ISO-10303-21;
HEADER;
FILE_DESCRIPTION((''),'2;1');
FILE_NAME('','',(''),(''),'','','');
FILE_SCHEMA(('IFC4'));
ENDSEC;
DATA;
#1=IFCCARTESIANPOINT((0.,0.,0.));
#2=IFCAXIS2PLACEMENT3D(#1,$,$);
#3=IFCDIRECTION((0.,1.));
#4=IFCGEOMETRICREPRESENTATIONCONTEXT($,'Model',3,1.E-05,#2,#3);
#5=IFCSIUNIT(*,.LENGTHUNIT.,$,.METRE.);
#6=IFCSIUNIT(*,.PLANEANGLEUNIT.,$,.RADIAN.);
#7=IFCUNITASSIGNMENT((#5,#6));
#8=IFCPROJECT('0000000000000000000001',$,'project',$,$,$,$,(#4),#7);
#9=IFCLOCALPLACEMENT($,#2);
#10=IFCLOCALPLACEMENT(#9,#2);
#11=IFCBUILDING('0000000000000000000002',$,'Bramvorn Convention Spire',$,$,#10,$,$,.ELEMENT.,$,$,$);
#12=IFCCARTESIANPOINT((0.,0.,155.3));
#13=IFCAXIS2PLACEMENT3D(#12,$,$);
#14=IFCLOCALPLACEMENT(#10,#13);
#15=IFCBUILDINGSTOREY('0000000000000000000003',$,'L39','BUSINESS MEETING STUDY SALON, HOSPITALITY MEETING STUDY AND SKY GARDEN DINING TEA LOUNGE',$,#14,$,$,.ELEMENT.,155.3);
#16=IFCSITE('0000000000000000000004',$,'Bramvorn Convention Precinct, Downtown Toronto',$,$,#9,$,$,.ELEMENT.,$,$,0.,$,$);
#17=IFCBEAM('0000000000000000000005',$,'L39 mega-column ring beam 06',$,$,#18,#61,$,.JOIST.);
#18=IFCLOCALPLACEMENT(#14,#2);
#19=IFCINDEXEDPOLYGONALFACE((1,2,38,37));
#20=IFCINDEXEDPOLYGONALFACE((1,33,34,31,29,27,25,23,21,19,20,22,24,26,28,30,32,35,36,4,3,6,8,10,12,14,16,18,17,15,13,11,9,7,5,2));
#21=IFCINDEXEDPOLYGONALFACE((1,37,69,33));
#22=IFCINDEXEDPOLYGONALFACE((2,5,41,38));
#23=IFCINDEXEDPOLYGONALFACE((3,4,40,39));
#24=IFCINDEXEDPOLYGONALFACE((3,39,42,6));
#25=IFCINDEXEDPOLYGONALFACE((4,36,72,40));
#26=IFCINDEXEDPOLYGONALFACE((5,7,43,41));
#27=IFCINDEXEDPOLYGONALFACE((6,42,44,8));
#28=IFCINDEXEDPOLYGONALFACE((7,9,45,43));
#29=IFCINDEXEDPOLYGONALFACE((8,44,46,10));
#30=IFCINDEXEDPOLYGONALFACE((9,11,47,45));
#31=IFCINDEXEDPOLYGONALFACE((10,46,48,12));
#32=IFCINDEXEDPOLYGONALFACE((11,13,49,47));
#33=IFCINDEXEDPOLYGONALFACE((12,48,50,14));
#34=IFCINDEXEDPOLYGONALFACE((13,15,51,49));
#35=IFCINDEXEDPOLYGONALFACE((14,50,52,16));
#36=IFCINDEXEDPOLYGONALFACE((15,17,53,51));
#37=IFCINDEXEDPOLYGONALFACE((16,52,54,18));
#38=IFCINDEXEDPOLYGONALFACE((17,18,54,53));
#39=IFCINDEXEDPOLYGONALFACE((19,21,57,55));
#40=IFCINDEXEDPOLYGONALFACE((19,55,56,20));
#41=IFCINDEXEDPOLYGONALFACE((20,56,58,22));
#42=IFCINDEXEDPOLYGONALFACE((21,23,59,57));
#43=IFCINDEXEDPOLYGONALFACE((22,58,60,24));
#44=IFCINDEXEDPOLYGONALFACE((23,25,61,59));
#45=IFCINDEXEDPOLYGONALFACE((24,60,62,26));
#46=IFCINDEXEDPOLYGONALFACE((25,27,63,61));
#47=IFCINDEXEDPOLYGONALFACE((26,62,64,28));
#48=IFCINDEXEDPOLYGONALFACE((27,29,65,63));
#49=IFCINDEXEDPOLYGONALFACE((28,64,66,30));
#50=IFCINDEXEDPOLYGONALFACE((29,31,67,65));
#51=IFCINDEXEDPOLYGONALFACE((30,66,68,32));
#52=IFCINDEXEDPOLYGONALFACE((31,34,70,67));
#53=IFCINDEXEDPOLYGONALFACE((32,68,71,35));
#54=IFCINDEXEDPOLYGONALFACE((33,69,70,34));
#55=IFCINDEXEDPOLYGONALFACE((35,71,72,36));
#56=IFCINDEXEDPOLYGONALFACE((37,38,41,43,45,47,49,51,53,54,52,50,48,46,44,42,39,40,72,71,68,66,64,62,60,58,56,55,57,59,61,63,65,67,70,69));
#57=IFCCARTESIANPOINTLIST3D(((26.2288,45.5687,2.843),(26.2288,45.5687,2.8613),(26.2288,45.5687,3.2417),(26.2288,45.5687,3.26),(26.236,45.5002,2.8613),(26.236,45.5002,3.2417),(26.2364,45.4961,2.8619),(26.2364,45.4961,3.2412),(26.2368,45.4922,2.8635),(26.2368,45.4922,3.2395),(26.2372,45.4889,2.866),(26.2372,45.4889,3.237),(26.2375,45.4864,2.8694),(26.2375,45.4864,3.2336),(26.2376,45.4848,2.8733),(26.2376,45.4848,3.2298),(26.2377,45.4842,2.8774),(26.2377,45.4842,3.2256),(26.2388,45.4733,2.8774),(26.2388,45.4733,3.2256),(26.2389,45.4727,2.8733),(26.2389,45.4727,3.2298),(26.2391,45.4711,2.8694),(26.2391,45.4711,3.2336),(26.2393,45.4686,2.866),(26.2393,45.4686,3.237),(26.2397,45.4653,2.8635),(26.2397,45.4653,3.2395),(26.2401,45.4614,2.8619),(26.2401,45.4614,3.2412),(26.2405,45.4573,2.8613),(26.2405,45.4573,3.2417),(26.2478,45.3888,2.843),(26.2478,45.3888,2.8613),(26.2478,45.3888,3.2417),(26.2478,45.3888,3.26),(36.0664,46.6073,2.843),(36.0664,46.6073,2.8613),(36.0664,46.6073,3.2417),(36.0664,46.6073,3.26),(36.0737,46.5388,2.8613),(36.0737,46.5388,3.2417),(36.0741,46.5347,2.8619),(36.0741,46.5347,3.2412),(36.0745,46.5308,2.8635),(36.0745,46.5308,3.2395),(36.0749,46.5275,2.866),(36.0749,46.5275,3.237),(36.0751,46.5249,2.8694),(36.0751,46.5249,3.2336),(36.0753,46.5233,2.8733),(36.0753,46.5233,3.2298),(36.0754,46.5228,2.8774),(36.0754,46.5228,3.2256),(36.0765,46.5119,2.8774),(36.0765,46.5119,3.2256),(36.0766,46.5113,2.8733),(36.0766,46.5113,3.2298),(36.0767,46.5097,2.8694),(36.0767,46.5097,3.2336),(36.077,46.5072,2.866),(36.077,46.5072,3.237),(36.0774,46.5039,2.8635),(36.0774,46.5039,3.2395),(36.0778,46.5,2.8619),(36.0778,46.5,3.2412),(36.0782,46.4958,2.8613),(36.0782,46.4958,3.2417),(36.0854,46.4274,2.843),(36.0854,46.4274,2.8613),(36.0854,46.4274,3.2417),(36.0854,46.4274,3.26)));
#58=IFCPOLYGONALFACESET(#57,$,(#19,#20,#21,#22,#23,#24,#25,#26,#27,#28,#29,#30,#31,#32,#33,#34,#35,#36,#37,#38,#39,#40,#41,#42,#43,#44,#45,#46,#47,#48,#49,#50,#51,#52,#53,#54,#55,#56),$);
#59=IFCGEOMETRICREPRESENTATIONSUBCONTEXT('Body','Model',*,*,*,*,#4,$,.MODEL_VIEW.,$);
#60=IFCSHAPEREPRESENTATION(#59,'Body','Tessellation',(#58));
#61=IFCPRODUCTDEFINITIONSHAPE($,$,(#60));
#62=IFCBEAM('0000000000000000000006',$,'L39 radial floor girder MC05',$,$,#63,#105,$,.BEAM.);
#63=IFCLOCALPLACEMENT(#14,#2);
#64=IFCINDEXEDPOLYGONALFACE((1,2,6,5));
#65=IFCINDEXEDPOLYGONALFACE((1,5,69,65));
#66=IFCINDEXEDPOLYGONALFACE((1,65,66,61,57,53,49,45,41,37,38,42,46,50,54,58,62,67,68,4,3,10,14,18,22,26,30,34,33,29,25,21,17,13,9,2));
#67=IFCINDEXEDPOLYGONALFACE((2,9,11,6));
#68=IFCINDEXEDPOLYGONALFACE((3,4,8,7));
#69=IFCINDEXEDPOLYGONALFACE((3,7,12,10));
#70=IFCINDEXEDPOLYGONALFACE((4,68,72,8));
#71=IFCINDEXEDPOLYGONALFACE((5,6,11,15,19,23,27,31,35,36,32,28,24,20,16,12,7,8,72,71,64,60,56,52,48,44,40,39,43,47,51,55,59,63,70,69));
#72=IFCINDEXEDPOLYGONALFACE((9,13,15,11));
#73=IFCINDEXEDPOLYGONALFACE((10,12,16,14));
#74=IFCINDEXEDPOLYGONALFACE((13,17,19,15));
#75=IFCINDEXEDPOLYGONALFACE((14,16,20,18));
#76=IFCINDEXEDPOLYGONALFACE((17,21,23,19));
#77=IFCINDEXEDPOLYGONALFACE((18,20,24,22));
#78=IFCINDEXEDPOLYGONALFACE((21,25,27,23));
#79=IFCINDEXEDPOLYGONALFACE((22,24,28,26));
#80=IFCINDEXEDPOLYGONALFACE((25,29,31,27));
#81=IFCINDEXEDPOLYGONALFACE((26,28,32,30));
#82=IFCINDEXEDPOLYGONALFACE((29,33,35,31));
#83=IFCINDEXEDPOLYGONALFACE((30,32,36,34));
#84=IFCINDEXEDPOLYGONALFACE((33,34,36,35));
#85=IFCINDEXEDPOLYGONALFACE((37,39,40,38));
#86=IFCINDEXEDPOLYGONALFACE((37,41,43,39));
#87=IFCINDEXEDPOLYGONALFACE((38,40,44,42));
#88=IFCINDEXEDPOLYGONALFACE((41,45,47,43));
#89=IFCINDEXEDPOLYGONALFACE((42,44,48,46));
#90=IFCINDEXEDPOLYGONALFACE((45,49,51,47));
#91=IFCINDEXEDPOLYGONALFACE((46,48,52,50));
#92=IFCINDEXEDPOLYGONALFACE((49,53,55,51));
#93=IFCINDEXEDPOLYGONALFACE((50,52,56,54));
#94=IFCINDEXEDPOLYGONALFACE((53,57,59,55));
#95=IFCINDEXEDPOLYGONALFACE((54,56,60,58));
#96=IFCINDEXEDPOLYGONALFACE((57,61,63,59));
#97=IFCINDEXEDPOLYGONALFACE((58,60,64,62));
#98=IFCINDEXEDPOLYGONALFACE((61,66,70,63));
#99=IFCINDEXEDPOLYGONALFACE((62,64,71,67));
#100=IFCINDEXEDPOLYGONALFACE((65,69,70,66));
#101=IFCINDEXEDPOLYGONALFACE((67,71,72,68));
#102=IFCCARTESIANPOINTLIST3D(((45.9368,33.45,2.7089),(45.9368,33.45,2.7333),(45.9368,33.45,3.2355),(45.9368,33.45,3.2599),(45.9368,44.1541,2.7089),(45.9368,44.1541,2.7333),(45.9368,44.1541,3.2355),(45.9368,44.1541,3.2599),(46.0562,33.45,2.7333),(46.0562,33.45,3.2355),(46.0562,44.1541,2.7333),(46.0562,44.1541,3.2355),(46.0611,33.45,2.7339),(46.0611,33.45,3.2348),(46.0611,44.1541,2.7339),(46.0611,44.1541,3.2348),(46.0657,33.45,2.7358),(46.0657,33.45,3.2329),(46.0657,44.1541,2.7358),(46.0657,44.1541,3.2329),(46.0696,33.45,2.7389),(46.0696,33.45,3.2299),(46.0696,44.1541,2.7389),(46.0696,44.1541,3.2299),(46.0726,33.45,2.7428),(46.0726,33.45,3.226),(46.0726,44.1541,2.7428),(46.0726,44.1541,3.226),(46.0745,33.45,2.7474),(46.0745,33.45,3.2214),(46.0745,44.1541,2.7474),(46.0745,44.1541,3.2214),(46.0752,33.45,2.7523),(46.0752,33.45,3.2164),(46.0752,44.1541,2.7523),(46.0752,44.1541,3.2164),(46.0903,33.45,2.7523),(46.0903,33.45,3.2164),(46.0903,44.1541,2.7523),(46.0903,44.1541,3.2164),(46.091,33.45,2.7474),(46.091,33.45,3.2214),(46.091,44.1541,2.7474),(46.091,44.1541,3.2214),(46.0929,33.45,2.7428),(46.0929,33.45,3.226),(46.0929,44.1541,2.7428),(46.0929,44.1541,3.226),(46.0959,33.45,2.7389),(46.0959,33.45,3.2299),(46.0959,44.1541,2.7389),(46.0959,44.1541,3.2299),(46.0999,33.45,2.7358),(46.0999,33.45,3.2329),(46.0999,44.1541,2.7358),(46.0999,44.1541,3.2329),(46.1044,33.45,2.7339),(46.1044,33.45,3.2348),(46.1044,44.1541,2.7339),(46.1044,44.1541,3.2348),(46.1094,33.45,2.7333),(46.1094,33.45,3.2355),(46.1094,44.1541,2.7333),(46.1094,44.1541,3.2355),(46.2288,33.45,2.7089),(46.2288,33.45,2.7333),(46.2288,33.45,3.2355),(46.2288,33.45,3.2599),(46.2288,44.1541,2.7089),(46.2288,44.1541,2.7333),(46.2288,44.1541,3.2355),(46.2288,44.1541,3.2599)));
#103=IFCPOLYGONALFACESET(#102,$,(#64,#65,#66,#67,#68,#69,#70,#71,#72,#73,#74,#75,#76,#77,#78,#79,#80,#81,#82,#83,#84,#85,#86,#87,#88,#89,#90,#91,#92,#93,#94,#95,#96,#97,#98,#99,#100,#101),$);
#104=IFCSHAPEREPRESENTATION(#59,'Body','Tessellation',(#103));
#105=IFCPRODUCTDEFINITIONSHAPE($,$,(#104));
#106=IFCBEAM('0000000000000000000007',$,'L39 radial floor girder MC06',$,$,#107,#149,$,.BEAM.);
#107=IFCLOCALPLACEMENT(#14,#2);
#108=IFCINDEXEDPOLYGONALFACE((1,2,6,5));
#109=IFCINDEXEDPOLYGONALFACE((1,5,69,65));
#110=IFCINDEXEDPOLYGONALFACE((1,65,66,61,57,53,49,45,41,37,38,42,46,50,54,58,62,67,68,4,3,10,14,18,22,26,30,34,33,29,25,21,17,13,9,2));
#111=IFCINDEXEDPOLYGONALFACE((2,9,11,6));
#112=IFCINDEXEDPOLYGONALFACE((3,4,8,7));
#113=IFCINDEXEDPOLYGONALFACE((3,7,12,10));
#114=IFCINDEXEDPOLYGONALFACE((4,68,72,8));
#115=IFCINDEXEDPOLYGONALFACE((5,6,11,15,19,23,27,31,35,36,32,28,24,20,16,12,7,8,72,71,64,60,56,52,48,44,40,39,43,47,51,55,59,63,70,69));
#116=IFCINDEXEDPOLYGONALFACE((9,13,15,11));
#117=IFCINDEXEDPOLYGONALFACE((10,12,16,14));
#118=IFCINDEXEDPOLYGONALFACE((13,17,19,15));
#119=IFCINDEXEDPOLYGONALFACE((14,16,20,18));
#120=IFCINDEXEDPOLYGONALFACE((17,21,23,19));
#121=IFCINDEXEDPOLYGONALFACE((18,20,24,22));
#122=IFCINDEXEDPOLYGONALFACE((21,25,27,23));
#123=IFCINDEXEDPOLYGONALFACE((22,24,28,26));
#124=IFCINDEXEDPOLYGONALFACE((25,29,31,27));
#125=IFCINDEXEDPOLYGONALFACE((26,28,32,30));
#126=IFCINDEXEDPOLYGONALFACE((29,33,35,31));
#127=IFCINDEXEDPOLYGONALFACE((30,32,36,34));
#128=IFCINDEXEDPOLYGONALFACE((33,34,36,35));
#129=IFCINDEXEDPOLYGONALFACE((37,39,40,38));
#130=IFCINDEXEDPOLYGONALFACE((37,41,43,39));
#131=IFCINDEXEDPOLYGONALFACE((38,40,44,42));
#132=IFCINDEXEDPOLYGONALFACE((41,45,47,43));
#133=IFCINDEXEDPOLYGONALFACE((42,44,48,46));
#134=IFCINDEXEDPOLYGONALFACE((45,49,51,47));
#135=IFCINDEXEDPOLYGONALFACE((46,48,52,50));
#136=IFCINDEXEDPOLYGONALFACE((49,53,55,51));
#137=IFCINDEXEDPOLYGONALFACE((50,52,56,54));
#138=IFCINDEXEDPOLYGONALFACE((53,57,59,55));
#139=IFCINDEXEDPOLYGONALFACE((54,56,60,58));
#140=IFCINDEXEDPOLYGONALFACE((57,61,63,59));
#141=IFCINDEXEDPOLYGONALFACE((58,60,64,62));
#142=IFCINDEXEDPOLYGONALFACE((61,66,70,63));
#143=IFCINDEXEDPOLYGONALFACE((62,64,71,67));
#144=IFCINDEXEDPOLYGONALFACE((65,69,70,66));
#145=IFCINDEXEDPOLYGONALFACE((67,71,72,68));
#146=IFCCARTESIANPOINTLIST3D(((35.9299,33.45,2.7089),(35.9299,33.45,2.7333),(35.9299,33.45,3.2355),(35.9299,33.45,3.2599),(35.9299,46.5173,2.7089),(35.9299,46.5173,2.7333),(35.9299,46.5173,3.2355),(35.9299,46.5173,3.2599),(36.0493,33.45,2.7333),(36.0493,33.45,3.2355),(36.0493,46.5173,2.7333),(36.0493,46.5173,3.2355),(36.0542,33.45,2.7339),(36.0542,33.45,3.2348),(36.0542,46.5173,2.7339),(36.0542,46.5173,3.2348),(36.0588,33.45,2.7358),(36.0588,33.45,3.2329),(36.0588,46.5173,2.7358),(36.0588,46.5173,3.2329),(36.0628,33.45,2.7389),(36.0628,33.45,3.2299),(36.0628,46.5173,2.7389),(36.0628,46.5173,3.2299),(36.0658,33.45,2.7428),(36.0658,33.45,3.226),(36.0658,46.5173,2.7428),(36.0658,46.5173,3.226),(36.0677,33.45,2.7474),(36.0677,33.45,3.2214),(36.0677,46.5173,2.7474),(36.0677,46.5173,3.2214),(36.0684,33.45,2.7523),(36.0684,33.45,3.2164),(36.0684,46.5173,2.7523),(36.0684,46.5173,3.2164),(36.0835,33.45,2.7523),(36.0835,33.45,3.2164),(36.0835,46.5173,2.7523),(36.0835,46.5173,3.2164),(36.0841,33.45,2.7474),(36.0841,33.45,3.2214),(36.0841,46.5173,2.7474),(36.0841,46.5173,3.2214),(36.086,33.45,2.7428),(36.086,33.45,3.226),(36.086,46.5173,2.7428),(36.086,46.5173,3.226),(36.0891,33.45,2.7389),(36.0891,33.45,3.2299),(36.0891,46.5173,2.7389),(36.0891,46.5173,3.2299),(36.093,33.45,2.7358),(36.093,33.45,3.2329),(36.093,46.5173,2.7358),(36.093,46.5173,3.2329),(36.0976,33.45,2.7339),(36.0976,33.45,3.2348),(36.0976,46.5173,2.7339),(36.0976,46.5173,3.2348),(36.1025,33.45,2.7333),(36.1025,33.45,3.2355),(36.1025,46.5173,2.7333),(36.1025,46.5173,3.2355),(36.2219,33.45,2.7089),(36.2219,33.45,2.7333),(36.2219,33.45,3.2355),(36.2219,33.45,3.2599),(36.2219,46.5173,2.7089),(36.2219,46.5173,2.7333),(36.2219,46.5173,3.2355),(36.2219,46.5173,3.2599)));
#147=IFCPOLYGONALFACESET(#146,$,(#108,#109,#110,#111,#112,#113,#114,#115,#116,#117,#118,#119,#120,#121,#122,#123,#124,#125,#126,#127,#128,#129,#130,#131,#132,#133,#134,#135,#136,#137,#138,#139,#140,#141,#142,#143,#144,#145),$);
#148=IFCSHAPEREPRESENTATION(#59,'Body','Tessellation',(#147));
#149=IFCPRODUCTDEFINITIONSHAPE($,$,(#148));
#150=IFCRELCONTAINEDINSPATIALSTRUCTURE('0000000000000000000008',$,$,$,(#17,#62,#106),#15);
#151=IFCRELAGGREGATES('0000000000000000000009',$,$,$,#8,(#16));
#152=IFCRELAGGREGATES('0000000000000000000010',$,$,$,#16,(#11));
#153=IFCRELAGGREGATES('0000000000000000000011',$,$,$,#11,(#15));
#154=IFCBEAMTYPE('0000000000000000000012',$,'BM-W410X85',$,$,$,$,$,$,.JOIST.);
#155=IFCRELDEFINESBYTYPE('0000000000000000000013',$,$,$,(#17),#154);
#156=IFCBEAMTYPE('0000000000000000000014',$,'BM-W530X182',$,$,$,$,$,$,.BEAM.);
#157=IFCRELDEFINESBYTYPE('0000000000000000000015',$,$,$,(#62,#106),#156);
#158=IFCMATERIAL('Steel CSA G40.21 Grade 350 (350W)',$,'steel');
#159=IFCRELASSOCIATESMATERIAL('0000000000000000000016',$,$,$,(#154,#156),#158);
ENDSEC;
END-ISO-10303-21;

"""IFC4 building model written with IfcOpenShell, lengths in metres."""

from ifc_helpers import new_model, si_unit, direction, frame, origin, origin_2d, place, context, subcontext, project, spatial, i_section, extrude, material, material_profile, profile_set, type_object, element, save


model = new_model("IFC4")

# Units and contexts
model_context = context("Model", 3, precision=1e-05, world=origin(), true_north=direction((0.0, 1.0)))
body_context = subcontext(model_context, "Body", "Model", "MODEL_VIEW")
ifc_project = project(units=[si_unit("LENGTHUNIT", "METRE"), si_unit("PLANEANGLEUNIT", "RADIAN")], contexts=[model_context])

# Site, building, storey
site_placement = place(None, origin())
site = spatial("IfcSite", under=ifc_project, at=site_placement, Name="Bramvorn Convention Precinct, Downtown Toronto", CompositionType="ELEMENT", RefElevation=0.0)
building_placement = place(site_placement, origin())
building = spatial("IfcBuilding", under=site, at=building_placement, Name="Bramvorn Convention Spire", CompositionType="ELEMENT")
storey_placement = place(building_placement, frame((0.0, 0.0, 155.3)))
storey = spatial("IfcBuildingStorey", under=building, at=storey_placement, Name="L39", Description="BUSINESS MEETING STUDY SALON, HOSPITALITY MEETING STUDY AND SKY GARDEN DINING TEA LOUNGE", CompositionType="ELEMENT", Elevation=155.3)

# Shared definitions
ifc_material_1 = material(Name="Steel CSA G40.21 Grade 350 (350W)", Category="steel")

# Beams
ifc_material_profile_1 = material_profile(ifc_material_1, i_section(OverallWidth=0.1809, OverallDepth=0.417, WebThickness=0.011, FlangeThickness=0.0183, FilletRadius=0.0161, at=origin_2d()))
ifc_profile_set_1 = profile_set([ifc_material_profile_1], Name="Steel CSA G40.21 Grade 350 (350W) - W410X85")
beam_type_1 = type_object("IfcBeamType", Name="BM-W410X85", PredefinedType="JOIST", material=ifc_profile_set_1)
beam_1_placement = place(storey_placement, frame((36.0759, 46.5173, 3.0515), z_axis=(-0.994473, -0.104988, 0.0), x_axis=(0.104988, -0.994473, 0.0)))
element("IfcBeam", 1, at=beam_1_placement, inside=storey, type_object=beam_type_1, Name="L39 mega-column ring beam 06", PredefinedType="JOIST", context=body_context, shape_type="SweptSolid", body=[
    extrude(i_section(OverallWidth=0.1809, OverallDepth=0.417, WebThickness=0.011, FlangeThickness=0.0183, FilletRadius=0.0161, at=origin_2d()), origin(), (0.0, 0.0, 1.0), 9.8923),
])
ifc_material_profile_2 = material_profile(ifc_material_1, i_section(OverallWidth=0.292, OverallDepth=0.551, WebThickness=0.0151, FlangeThickness=0.0244, FilletRadius=0.019, at=origin_2d()))
ifc_profile_set_2 = profile_set([ifc_material_profile_2], Name="Steel CSA G40.21 Grade 350 (350W) - W530X182")
beam_type_2 = type_object("IfcBeamType", Name="BM-W530X182", PredefinedType="BEAM", material=ifc_profile_set_2)
beam_2_placement = place(storey_placement, frame((46.0828, 33.45, 2.9844), z_axis=(0.0, 1.0, 0.0), x_axis=(-1.0, 0.0, 0.0)))
element("IfcBeam", 2, at=beam_2_placement, inside=storey, type_object=beam_type_2, Name="L39 radial floor girder MC05", PredefinedType="BEAM", context=body_context, shape_type="SweptSolid", body=[
    extrude(i_section(OverallWidth=0.292, OverallDepth=0.551, WebThickness=0.0151, FlangeThickness=0.0244, FilletRadius=0.019, at=origin_2d()), origin(), (0.0, 0.0, 1.0), 10.7041),
])
beam_3_placement = place(storey_placement, frame((36.0759, 33.45, 2.9844), z_axis=(0.0, 1.0, 0.0), x_axis=(-1.0, 0.0, 0.0)))
element("IfcBeam", 3, at=beam_3_placement, inside=storey, type_object=beam_type_2, Name="L39 radial floor girder MC06", PredefinedType="BEAM", context=body_context, shape_type="SweptSolid", body=[
    extrude(i_section(OverallWidth=0.292, OverallDepth=0.551, WebThickness=0.0151, FlangeThickness=0.0244, FilletRadius=0.019, at=origin_2d()), origin(), (0.0, 0.0, 1.0), 13.0674),
])

save(model, "model.ifc")
